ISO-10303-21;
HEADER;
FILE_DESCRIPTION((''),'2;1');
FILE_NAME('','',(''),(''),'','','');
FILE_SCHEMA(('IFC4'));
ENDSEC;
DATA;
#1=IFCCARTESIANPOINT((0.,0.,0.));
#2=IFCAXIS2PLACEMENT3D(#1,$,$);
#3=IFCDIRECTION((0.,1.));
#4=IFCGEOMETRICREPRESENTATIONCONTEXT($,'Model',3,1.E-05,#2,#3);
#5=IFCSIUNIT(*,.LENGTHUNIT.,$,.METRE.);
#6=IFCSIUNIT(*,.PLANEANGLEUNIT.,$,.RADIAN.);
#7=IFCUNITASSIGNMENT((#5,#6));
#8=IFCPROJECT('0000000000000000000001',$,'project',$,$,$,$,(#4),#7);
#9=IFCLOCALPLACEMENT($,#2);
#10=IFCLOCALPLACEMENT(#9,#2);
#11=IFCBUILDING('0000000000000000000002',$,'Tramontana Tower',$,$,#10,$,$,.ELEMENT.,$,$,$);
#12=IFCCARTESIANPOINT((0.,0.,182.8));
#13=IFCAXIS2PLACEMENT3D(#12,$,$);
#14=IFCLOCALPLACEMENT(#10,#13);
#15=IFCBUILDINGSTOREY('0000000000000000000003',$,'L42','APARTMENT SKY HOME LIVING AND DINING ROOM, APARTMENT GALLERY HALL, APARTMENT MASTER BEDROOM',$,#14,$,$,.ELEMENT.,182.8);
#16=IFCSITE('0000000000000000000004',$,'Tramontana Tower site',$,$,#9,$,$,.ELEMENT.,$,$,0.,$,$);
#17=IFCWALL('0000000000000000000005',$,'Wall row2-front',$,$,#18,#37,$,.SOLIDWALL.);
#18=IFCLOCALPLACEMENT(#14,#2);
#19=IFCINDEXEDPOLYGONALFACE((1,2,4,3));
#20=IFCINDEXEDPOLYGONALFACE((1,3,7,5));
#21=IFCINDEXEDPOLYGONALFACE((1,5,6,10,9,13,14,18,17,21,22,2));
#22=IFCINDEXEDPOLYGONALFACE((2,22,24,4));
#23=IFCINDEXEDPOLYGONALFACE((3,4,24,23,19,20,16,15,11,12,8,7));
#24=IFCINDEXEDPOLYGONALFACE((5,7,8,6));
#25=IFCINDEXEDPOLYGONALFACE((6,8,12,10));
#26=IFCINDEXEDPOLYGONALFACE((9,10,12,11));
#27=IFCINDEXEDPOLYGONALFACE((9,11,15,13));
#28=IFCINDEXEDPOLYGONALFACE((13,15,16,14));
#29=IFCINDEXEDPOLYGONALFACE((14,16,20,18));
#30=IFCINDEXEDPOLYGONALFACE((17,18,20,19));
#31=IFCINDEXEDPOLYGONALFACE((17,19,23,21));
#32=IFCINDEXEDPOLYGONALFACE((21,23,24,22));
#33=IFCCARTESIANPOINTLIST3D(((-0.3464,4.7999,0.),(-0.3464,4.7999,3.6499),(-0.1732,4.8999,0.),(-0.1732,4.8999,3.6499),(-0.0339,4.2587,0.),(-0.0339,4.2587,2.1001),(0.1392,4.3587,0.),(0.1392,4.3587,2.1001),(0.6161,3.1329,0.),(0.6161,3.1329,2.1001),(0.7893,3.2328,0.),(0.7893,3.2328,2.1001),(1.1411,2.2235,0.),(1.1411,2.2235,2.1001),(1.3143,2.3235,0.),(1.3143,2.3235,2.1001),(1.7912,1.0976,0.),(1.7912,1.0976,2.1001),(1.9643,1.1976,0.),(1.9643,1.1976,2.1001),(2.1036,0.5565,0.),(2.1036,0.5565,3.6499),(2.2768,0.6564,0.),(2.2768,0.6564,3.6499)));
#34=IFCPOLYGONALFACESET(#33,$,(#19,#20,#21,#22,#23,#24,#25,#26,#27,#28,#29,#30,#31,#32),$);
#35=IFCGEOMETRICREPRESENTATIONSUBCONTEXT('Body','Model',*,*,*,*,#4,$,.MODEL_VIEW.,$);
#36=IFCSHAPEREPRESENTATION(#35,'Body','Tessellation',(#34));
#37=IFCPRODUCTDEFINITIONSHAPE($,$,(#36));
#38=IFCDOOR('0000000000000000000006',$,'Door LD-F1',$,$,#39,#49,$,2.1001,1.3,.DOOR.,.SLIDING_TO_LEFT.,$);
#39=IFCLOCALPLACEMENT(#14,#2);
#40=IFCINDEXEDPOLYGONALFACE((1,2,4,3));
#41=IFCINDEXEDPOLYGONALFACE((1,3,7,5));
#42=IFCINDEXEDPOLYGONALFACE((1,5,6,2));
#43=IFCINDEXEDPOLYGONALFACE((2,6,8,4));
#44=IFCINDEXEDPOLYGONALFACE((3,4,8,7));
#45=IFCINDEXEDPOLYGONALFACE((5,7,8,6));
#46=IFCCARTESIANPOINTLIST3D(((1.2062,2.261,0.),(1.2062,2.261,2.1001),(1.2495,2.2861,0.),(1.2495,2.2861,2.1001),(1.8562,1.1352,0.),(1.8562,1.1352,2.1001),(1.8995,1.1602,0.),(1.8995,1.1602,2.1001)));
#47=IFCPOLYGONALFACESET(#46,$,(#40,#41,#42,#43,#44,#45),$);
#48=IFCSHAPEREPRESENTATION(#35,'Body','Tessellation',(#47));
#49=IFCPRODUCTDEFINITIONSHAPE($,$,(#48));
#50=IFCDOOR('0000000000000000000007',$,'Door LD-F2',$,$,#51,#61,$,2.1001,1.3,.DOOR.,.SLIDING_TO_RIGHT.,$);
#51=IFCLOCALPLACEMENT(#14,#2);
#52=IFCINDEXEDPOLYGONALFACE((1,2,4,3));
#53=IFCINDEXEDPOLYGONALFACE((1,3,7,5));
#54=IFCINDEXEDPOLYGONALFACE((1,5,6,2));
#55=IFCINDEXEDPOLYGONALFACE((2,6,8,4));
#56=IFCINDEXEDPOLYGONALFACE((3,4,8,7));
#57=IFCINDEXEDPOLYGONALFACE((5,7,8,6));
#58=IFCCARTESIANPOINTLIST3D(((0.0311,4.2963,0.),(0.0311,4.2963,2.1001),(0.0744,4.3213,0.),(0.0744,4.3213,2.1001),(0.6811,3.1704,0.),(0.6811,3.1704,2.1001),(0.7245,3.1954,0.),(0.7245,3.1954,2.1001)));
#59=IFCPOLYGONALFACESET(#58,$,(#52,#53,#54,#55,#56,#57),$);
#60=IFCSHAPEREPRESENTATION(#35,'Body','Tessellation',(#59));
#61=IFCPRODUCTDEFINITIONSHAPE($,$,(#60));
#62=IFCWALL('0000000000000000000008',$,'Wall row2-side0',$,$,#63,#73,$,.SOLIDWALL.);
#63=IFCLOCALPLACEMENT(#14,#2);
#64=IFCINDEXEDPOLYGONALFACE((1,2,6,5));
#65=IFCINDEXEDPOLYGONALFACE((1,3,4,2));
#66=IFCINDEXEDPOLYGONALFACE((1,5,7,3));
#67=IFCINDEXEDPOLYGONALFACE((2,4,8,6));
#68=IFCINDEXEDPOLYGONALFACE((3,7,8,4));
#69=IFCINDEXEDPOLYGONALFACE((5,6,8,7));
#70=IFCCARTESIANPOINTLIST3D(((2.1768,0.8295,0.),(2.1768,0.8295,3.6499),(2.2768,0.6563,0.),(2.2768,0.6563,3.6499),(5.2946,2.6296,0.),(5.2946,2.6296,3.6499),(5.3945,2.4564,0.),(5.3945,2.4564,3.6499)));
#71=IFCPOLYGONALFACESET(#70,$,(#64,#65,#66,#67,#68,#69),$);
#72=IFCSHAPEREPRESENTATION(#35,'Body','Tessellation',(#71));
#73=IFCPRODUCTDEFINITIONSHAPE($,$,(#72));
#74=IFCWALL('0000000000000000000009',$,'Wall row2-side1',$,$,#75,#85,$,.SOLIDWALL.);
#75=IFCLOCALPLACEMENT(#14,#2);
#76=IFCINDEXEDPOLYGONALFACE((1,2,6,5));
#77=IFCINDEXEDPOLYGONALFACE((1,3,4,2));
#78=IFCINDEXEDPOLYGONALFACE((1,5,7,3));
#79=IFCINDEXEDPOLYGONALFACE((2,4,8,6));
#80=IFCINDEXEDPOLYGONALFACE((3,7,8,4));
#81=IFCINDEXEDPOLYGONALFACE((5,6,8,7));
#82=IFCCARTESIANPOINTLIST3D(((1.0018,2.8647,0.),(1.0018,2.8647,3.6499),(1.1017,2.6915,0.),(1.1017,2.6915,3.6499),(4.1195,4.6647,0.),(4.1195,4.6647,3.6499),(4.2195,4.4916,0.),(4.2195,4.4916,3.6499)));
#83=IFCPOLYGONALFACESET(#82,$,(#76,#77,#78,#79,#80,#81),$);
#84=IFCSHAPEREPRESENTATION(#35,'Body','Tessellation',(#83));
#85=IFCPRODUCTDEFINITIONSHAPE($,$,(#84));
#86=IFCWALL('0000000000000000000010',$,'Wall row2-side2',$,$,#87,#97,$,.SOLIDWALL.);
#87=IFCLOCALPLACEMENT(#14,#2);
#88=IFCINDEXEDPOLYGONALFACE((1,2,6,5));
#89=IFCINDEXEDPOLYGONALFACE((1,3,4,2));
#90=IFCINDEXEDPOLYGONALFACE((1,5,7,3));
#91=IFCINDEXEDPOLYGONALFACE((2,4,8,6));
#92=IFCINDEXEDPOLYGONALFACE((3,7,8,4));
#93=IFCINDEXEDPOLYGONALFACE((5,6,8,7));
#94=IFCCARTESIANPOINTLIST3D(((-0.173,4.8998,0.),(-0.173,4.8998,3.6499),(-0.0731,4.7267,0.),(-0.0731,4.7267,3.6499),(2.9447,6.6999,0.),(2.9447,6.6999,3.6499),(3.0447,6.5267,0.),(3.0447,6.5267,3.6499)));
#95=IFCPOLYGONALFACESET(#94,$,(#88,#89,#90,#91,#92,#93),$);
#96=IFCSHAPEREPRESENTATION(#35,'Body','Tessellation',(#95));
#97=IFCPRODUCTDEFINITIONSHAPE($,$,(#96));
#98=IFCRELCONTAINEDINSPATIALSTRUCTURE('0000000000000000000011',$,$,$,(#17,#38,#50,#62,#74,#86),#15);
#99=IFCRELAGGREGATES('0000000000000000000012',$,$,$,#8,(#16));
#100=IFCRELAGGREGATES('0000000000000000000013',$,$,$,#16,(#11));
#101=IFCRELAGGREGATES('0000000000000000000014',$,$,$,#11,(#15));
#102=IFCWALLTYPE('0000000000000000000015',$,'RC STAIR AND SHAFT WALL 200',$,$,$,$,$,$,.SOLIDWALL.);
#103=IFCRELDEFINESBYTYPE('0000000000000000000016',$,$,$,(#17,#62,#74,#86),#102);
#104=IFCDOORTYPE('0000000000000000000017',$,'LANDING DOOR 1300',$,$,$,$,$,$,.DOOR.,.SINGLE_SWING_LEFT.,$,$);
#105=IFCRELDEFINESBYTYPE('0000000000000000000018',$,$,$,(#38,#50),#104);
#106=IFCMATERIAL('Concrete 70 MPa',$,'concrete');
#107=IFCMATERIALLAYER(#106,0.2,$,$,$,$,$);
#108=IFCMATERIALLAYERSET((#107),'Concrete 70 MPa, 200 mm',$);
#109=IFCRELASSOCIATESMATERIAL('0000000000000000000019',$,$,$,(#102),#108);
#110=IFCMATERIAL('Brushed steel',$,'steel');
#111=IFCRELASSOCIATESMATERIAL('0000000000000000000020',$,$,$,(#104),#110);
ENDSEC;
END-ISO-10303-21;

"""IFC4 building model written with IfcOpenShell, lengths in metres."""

from ifc_helpers import new_model, si_unit, direction, frame, frame_2d, origin, place, context, subcontext, project, spatial, rectangle, extrude, material, layer, layer_set, type_object, element, fill, save


model = new_model("IFC4")

# Units and contexts
model_context = context("Model", 3, precision=1e-05, world=origin(), true_north=direction((0.0, 1.0)))
body_context = subcontext(model_context, "Body", "Model", "MODEL_VIEW")
ifc_project = project(units=[si_unit("LENGTHUNIT", "METRE"), si_unit("PLANEANGLEUNIT", "RADIAN")], contexts=[model_context])

# Site, building, storey
site_placement = place(None, origin())
site = spatial("IfcSite", under=ifc_project, at=site_placement, Name="Tramontana Tower site", CompositionType="ELEMENT", RefElevation=0.0)
building_placement = place(site_placement, origin())
building = spatial("IfcBuilding", under=site, at=building_placement, Name="Tramontana Tower", CompositionType="ELEMENT")
storey_placement = place(building_placement, frame((0.0, 0.0, 182.8)))
storey = spatial("IfcBuildingStorey", under=building, at=storey_placement, Name="L42", Description="APARTMENT SKY HOME LIVING AND DINING ROOM, APARTMENT GALLERY HALL, APARTMENT MASTER BEDROOM", CompositionType="ELEMENT", Elevation=182.8)

# Shared definitions
ifc_material_1 = material(Name="Concrete 70 MPa", Category="concrete")
ifc_layer_1 = layer(ifc_material_1, 0.2)
ifc_layer_set_1 = layer_set([ifc_layer_1], Name="Concrete 70 MPa, 200 mm")
wall_type_1 = type_object("IfcWallType", Name="RC STAIR AND SHAFT WALL 200", PredefinedType="SOLIDWALL", material=ifc_layer_set_1)

# Wall, openings, doors
wall_1_placement = place(storey_placement, frame((2.1902, 0.6064, 0.0), z_axis=(0.0, 0.0, 1.0), x_axis=(-0.500003, 0.866024, 0.0)))
wall_1 = element("IfcWall", 1, at=wall_1_placement, inside=storey, type_object=wall_type_1, Name="Wall row2-front", PredefinedType="SOLIDWALL", context=body_context, shape_type="SweptSolid", body=[
    extrude(rectangle(XDim=4.8999, YDim=0.2, at=frame_2d((2.45, 0.0))), origin(), (0.0, 0.0, 1.0), 3.6499),
])
opening_1_placement = place(wall_1_placement, frame((0.625, 0.0, 0.0)))
opening_1 = element("IfcOpeningElement", 2, at=opening_1_placement, cuts=wall_1, PredefinedType="OPENING", context=body_context, shape_type="SweptSolid", body=[
    extrude(rectangle(XDim=1.3, YDim=2.1001, at=frame_2d((0.6499, 1.05))), frame((0.0, 0.1099, 0.0), z_axis=(0.0, -1.0, 0.0), x_axis=(1.0, 0.0, 0.0)), (0.0, 0.0, 1.0), 0.22),
])
opening_2_placement = place(wall_1_placement, frame((2.9751, 0.0, 0.0)))
opening_2 = element("IfcOpeningElement", 3, at=opening_2_placement, cuts=wall_1, PredefinedType="OPENING", context=body_context, shape_type="SweptSolid", body=[
    extrude(rectangle(XDim=1.3, YDim=2.1001, at=frame_2d((0.6499, 1.05))), frame((0.0, 0.1099, 0.0), z_axis=(0.0, -1.0, 0.0), x_axis=(1.0, 0.0, 0.0)), (0.0, 0.0, 1.0), 0.22),
])
ifc_material_2 = material(Name="Brushed steel", Category="steel")
door_type_1 = type_object("IfcDoorType", Name="LANDING DOOR 1300", OperationType="SINGLE_SWING_LEFT", PredefinedType="DOOR", material=ifc_material_2)
door_1_placement = place(opening_1_placement, origin())
door_1 = element("IfcDoor", 4, at=door_1_placement, inside=storey, type_object=door_type_1, Name="Door LD-F1", OperationType="SLIDING_TO_LEFT", OverallHeight=2.1001, OverallWidth=1.3, PredefinedType="DOOR", context=body_context, shape_type="SweptSolid", body=[
    extrude(rectangle(XDim=1.3, YDim=2.1001, at=frame_2d((0.6499, 1.05))), frame((0.0, 0.0249, 0.0), z_axis=(0.0, -1.0, 0.0), x_axis=(1.0, 0.0, 0.0)), (0.0, 0.0, 1.0), 0.05),
])
fill(opening_1, door_1)
door_2_placement = place(opening_2_placement, origin())
door_2 = element("IfcDoor", 5, at=door_2_placement, inside=storey, type_object=door_type_1, Name="Door LD-F2", OperationType="SLIDING_TO_RIGHT", OverallHeight=2.1001, OverallWidth=1.3, PredefinedType="DOOR", context=body_context, shape_type="SweptSolid", body=[
    extrude(rectangle(XDim=1.3, YDim=2.1001, at=frame_2d((0.6499, 1.05))), frame((0.0, 0.0249, 0.0), z_axis=(0.0, -1.0, 0.0), x_axis=(1.0, 0.0, 0.0)), (0.0, 0.0, 1.0), 0.05),
])
fill(opening_2, door_2)

# Walls
for number, where, z_axis, x_axis, name in (
    (6, (2.2268, 0.7429, 0.0), (0.0, 0.0, 1.0), (0.866018, 0.500012, 0.0), "Wall row2-side0"),
    (7, (1.0518, 2.7781, 0.0), (0.0, 0.0, 1.0), (0.866018, 0.500012, 0.0), "Wall row2-side1"),
    (8, (-0.123, 4.8132, 0.0), (0.0, 0.0, 1.0), (0.866018, 0.500012, 0.0), "Wall row2-side2"),
):
    element("IfcWall", number, at=place(storey_placement, frame(where, z_axis=z_axis, x_axis=x_axis)), inside=storey, type_object=wall_type_1, Name=name, PredefinedType="SOLIDWALL", context=body_context, shape_type="SweptSolid", body=[
        extrude(rectangle(XDim=3.6001, YDim=0.2, at=frame_2d((1.8, 0.0))), origin(), (0.0, 0.0, 1.0), 3.6499),
    ])

save(model, "model.ifc")
